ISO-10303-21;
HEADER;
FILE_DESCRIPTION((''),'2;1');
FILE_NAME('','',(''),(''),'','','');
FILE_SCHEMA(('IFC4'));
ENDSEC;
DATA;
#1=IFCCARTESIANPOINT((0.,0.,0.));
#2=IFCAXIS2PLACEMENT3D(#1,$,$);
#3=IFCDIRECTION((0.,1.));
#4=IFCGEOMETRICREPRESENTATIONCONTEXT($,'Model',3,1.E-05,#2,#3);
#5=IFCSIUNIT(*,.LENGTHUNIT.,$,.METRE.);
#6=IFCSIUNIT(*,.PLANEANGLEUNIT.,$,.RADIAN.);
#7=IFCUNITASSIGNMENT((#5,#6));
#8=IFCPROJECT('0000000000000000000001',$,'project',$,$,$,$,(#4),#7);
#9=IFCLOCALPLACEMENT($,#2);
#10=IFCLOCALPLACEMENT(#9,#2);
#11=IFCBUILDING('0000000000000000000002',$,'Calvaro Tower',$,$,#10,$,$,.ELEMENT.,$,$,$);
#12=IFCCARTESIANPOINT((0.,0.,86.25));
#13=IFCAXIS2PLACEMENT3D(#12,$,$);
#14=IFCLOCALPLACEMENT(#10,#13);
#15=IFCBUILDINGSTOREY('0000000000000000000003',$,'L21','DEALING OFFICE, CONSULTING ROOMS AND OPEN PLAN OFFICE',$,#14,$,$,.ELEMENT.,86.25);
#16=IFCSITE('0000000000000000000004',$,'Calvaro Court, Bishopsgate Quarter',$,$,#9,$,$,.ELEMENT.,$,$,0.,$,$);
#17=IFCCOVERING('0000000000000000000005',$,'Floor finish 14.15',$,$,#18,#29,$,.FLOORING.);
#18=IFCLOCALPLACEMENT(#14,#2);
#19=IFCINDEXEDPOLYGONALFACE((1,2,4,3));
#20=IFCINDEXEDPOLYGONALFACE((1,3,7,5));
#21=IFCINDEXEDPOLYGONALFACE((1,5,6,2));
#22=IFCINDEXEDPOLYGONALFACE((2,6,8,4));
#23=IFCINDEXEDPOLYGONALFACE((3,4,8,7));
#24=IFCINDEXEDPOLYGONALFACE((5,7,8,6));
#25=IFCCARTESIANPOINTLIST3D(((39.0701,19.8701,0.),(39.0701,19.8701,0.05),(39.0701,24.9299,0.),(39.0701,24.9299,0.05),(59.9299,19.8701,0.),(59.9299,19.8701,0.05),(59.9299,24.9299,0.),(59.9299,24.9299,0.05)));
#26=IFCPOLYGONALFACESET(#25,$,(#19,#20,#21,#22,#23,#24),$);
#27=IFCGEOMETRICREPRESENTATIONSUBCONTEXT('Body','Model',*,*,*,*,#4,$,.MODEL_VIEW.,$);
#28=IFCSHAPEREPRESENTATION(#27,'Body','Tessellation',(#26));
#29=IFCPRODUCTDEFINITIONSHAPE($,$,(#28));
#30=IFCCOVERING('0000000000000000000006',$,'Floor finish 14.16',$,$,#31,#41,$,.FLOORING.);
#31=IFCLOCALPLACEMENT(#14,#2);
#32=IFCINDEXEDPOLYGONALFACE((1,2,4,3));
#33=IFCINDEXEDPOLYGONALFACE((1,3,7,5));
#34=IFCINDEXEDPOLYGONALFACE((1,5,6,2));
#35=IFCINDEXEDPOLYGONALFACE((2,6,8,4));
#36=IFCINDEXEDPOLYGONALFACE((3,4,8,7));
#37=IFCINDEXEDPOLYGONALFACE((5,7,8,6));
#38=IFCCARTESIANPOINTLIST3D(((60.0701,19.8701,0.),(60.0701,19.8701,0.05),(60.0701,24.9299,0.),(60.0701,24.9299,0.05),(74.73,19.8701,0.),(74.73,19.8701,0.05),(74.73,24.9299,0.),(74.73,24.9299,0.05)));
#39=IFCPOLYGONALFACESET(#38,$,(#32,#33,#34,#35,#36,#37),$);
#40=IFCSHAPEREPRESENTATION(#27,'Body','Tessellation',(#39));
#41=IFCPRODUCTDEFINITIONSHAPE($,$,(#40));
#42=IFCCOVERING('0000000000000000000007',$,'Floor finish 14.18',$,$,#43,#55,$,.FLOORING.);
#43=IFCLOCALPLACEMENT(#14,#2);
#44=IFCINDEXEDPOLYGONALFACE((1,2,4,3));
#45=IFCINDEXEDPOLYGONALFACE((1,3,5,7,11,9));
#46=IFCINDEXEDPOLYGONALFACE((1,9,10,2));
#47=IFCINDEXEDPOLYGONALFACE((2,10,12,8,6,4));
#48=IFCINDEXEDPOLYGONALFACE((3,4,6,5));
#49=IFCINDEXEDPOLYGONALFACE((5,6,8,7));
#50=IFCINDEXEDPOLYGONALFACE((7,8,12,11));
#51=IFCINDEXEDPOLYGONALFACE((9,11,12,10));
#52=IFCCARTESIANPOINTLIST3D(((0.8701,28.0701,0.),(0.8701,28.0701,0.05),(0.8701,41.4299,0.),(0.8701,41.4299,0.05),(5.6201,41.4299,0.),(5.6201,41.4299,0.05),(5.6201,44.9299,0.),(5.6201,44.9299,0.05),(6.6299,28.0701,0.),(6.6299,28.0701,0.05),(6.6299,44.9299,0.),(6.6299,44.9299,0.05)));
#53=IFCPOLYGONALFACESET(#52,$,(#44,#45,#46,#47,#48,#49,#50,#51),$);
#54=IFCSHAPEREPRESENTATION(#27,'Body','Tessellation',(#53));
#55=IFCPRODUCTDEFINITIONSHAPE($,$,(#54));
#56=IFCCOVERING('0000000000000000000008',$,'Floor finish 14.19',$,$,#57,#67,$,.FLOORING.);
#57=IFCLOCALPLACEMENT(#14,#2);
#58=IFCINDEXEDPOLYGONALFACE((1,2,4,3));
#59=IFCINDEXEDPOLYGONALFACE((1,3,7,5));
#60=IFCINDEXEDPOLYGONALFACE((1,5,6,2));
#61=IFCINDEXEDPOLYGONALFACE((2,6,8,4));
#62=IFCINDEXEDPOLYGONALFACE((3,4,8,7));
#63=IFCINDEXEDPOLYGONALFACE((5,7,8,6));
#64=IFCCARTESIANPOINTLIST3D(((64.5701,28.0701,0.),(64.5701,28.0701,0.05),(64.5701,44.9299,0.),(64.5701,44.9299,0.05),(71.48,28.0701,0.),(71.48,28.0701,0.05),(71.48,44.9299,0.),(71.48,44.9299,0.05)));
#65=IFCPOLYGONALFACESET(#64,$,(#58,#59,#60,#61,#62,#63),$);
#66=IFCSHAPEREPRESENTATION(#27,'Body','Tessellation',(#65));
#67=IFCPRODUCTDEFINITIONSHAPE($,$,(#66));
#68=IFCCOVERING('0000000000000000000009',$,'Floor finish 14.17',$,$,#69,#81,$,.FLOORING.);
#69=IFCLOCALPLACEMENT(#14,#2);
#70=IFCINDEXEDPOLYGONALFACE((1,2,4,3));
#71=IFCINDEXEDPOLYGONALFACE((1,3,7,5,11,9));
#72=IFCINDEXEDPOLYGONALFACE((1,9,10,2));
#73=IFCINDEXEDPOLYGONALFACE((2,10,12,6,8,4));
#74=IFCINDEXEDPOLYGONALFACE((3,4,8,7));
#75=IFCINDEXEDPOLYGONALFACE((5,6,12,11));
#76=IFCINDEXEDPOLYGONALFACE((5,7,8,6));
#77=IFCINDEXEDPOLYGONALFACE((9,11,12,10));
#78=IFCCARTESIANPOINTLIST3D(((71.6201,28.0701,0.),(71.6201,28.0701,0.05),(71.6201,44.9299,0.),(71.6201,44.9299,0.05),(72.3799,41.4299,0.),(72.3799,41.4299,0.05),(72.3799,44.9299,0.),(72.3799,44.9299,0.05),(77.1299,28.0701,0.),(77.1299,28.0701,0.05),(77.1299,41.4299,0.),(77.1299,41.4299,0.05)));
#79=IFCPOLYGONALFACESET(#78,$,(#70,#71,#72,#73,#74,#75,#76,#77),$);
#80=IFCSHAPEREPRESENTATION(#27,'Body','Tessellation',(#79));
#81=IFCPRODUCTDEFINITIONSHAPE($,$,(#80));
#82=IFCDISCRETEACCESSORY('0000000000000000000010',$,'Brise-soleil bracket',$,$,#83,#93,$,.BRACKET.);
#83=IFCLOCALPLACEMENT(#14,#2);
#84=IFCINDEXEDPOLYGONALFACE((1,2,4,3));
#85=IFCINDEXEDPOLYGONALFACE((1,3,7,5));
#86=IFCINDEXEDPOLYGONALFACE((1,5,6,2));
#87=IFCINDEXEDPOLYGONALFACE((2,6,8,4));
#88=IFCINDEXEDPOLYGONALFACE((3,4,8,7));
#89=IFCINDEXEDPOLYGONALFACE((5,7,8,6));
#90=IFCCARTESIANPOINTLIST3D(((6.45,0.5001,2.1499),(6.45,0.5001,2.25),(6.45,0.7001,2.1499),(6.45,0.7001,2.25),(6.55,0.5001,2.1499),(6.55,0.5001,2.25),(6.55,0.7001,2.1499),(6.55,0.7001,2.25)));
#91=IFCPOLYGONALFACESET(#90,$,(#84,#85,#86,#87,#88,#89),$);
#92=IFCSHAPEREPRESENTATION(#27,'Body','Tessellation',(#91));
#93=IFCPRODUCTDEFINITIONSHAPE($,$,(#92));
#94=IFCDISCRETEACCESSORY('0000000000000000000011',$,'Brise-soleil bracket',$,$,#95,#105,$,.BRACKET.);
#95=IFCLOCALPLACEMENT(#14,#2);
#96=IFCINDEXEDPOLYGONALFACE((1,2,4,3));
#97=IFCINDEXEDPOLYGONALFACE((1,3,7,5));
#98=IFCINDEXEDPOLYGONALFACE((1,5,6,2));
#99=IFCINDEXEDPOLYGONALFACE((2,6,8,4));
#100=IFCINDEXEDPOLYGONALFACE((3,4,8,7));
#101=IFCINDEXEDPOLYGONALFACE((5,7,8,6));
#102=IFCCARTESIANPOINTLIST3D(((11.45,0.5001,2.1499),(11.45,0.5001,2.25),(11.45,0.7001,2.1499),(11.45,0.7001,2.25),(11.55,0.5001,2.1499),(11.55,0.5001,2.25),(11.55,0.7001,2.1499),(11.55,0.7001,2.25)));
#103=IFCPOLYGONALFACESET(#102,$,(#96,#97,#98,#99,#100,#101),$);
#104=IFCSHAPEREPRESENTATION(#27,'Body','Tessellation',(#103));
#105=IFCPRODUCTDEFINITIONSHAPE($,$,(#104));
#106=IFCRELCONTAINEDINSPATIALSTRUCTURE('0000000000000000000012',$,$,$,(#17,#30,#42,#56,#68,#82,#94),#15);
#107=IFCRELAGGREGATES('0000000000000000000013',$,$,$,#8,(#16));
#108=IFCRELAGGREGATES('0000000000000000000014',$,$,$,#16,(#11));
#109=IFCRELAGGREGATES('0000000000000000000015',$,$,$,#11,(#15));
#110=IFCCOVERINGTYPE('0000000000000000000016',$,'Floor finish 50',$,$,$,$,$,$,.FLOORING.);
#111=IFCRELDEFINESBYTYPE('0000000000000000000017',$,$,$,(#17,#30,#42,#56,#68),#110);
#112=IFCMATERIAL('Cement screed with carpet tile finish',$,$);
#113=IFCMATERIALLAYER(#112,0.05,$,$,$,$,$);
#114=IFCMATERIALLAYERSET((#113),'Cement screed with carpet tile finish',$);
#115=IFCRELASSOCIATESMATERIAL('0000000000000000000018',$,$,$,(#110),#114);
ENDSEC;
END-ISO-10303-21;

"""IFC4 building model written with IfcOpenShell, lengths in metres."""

from ifc_helpers import new_model, si_unit, direction, frame, origin, origin_2d, place, context, subcontext, project, spatial, polyline, rectangle, outline, extrude, material, layer, layer_set, type_object, element, save


model = new_model("IFC4")

# Units and contexts
model_context = context("Model", 3, precision=1e-05, world=origin(), true_north=direction((0.0, 1.0)))
body_context = subcontext(model_context, "Body", "Model", "MODEL_VIEW")
ifc_project = project(units=[si_unit("LENGTHUNIT", "METRE"), si_unit("PLANEANGLEUNIT", "RADIAN")], contexts=[model_context])

# Site, building, storey
site_placement = place(None, origin())
site = spatial("IfcSite", under=ifc_project, at=site_placement, Name="Calvaro Court, Bishopsgate Quarter", CompositionType="ELEMENT", RefElevation=0.0)
building_placement = place(site_placement, origin())
building = spatial("IfcBuilding", under=site, at=building_placement, Name="Calvaro Tower", CompositionType="ELEMENT")
storey_placement = place(building_placement, frame((0.0, 0.0, 86.25)))
storey = spatial("IfcBuildingStorey", under=building, at=storey_placement, Name="L21", Description="DEALING OFFICE, CONSULTING ROOMS AND OPEN PLAN OFFICE", CompositionType="ELEMENT", Elevation=86.25)

# Coverings
ifc_material_1 = material(Name="Cement screed with carpet tile finish")
ifc_layer_1 = layer(ifc_material_1, 0.05)
ifc_layer_set_1 = layer_set([ifc_layer_1], Name="Cement screed with carpet tile finish")
covering_type = type_object("IfcCoveringType", Name="Floor finish 50", PredefinedType="FLOORING", material=ifc_layer_set_1)
covering_1_placement = place(storey_placement, origin())
element("IfcCovering", 1, at=covering_1_placement, inside=storey, type_object=covering_type, Name="Floor finish 14.15", PredefinedType="FLOORING", context=body_context, shape_type="SweptSolid", body=[
    extrude(outline(polyline([(39.0701, 19.8701), (39.0701, 24.9299), (59.9299, 24.9299), (59.9299, 19.8701), (39.0701, 19.8701)])), origin(), (0.0, 0.0, 1.0), 0.05),
])
covering_2_placement = place(storey_placement, origin())
element("IfcCovering", 2, at=covering_2_placement, inside=storey, type_object=covering_type, Name="Floor finish 14.16", PredefinedType="FLOORING", context=body_context, shape_type="SweptSolid", body=[
    extrude(outline(polyline([(60.0701, 19.8701), (60.0701, 24.9299), (74.73, 24.9299), (74.73, 19.8701), (60.0701, 19.8701)])), origin(), (0.0, 0.0, 1.0), 0.05),
])
covering_3_placement = place(storey_placement, origin())
element("IfcCovering", 3, at=covering_3_placement, inside=storey, type_object=covering_type, Name="Floor finish 14.18", PredefinedType="FLOORING", context=body_context, shape_type="SweptSolid", body=[
    extrude(outline(polyline([(6.6299, 28.0701), (0.8701, 28.0701), (0.8701, 41.4299), (5.6201, 41.4299), (5.6201, 44.9299), (6.6299, 44.9299), (6.6299, 28.0701)])), origin(), (0.0, 0.0, 1.0), 0.05),
])
covering_4_placement = place(storey_placement, origin())
element("IfcCovering", 4, at=covering_4_placement, inside=storey, type_object=covering_type, Name="Floor finish 14.19", PredefinedType="FLOORING", context=body_context, shape_type="SweptSolid", body=[
    extrude(outline(polyline([(71.48, 28.0701), (64.5701, 28.0701), (64.5701, 44.9299), (71.48, 44.9299), (71.48, 28.0701)])), origin(), (0.0, 0.0, 1.0), 0.05),
])
covering_5_placement = place(storey_placement, origin())
element("IfcCovering", 5, at=covering_5_placement, inside=storey, type_object=covering_type, Name="Floor finish 14.17", PredefinedType="FLOORING", context=body_context, shape_type="SweptSolid", body=[
    extrude(outline(polyline([(77.1299, 28.0701), (71.6201, 28.0701), (71.6201, 44.9299), (72.3799, 44.9299), (72.3799, 41.4299), (77.1299, 41.4299), (77.1299, 28.0701)])), origin(), (0.0, 0.0, 1.0), 0.05),
])

# Discrete accessories
for number, where, z_axis, x_axis, name in (
    (6, (6.5, 0.6001, 2.1499), (0.0, 0.0, 1.0), (1.0, 0.0, 0.0), "Brise-soleil bracket"),
    (7, (11.5, 0.6001, 2.1499), (0.0, 0.0, 1.0), (1.0, 0.0, 0.0), "Brise-soleil bracket"),
):
    element("IfcDiscreteAccessory", number, at=place(storey_placement, frame(where, z_axis=z_axis, x_axis=x_axis)), inside=storey, Name=name, PredefinedType="BRACKET", context=body_context, shape_type="SweptSolid", body=[
        extrude(rectangle(XDim=0.1001, YDim=0.2, at=origin_2d()), origin(), (0.0, 0.0, 1.0), 0.1001),
    ])

save(model, "model.ifc")
